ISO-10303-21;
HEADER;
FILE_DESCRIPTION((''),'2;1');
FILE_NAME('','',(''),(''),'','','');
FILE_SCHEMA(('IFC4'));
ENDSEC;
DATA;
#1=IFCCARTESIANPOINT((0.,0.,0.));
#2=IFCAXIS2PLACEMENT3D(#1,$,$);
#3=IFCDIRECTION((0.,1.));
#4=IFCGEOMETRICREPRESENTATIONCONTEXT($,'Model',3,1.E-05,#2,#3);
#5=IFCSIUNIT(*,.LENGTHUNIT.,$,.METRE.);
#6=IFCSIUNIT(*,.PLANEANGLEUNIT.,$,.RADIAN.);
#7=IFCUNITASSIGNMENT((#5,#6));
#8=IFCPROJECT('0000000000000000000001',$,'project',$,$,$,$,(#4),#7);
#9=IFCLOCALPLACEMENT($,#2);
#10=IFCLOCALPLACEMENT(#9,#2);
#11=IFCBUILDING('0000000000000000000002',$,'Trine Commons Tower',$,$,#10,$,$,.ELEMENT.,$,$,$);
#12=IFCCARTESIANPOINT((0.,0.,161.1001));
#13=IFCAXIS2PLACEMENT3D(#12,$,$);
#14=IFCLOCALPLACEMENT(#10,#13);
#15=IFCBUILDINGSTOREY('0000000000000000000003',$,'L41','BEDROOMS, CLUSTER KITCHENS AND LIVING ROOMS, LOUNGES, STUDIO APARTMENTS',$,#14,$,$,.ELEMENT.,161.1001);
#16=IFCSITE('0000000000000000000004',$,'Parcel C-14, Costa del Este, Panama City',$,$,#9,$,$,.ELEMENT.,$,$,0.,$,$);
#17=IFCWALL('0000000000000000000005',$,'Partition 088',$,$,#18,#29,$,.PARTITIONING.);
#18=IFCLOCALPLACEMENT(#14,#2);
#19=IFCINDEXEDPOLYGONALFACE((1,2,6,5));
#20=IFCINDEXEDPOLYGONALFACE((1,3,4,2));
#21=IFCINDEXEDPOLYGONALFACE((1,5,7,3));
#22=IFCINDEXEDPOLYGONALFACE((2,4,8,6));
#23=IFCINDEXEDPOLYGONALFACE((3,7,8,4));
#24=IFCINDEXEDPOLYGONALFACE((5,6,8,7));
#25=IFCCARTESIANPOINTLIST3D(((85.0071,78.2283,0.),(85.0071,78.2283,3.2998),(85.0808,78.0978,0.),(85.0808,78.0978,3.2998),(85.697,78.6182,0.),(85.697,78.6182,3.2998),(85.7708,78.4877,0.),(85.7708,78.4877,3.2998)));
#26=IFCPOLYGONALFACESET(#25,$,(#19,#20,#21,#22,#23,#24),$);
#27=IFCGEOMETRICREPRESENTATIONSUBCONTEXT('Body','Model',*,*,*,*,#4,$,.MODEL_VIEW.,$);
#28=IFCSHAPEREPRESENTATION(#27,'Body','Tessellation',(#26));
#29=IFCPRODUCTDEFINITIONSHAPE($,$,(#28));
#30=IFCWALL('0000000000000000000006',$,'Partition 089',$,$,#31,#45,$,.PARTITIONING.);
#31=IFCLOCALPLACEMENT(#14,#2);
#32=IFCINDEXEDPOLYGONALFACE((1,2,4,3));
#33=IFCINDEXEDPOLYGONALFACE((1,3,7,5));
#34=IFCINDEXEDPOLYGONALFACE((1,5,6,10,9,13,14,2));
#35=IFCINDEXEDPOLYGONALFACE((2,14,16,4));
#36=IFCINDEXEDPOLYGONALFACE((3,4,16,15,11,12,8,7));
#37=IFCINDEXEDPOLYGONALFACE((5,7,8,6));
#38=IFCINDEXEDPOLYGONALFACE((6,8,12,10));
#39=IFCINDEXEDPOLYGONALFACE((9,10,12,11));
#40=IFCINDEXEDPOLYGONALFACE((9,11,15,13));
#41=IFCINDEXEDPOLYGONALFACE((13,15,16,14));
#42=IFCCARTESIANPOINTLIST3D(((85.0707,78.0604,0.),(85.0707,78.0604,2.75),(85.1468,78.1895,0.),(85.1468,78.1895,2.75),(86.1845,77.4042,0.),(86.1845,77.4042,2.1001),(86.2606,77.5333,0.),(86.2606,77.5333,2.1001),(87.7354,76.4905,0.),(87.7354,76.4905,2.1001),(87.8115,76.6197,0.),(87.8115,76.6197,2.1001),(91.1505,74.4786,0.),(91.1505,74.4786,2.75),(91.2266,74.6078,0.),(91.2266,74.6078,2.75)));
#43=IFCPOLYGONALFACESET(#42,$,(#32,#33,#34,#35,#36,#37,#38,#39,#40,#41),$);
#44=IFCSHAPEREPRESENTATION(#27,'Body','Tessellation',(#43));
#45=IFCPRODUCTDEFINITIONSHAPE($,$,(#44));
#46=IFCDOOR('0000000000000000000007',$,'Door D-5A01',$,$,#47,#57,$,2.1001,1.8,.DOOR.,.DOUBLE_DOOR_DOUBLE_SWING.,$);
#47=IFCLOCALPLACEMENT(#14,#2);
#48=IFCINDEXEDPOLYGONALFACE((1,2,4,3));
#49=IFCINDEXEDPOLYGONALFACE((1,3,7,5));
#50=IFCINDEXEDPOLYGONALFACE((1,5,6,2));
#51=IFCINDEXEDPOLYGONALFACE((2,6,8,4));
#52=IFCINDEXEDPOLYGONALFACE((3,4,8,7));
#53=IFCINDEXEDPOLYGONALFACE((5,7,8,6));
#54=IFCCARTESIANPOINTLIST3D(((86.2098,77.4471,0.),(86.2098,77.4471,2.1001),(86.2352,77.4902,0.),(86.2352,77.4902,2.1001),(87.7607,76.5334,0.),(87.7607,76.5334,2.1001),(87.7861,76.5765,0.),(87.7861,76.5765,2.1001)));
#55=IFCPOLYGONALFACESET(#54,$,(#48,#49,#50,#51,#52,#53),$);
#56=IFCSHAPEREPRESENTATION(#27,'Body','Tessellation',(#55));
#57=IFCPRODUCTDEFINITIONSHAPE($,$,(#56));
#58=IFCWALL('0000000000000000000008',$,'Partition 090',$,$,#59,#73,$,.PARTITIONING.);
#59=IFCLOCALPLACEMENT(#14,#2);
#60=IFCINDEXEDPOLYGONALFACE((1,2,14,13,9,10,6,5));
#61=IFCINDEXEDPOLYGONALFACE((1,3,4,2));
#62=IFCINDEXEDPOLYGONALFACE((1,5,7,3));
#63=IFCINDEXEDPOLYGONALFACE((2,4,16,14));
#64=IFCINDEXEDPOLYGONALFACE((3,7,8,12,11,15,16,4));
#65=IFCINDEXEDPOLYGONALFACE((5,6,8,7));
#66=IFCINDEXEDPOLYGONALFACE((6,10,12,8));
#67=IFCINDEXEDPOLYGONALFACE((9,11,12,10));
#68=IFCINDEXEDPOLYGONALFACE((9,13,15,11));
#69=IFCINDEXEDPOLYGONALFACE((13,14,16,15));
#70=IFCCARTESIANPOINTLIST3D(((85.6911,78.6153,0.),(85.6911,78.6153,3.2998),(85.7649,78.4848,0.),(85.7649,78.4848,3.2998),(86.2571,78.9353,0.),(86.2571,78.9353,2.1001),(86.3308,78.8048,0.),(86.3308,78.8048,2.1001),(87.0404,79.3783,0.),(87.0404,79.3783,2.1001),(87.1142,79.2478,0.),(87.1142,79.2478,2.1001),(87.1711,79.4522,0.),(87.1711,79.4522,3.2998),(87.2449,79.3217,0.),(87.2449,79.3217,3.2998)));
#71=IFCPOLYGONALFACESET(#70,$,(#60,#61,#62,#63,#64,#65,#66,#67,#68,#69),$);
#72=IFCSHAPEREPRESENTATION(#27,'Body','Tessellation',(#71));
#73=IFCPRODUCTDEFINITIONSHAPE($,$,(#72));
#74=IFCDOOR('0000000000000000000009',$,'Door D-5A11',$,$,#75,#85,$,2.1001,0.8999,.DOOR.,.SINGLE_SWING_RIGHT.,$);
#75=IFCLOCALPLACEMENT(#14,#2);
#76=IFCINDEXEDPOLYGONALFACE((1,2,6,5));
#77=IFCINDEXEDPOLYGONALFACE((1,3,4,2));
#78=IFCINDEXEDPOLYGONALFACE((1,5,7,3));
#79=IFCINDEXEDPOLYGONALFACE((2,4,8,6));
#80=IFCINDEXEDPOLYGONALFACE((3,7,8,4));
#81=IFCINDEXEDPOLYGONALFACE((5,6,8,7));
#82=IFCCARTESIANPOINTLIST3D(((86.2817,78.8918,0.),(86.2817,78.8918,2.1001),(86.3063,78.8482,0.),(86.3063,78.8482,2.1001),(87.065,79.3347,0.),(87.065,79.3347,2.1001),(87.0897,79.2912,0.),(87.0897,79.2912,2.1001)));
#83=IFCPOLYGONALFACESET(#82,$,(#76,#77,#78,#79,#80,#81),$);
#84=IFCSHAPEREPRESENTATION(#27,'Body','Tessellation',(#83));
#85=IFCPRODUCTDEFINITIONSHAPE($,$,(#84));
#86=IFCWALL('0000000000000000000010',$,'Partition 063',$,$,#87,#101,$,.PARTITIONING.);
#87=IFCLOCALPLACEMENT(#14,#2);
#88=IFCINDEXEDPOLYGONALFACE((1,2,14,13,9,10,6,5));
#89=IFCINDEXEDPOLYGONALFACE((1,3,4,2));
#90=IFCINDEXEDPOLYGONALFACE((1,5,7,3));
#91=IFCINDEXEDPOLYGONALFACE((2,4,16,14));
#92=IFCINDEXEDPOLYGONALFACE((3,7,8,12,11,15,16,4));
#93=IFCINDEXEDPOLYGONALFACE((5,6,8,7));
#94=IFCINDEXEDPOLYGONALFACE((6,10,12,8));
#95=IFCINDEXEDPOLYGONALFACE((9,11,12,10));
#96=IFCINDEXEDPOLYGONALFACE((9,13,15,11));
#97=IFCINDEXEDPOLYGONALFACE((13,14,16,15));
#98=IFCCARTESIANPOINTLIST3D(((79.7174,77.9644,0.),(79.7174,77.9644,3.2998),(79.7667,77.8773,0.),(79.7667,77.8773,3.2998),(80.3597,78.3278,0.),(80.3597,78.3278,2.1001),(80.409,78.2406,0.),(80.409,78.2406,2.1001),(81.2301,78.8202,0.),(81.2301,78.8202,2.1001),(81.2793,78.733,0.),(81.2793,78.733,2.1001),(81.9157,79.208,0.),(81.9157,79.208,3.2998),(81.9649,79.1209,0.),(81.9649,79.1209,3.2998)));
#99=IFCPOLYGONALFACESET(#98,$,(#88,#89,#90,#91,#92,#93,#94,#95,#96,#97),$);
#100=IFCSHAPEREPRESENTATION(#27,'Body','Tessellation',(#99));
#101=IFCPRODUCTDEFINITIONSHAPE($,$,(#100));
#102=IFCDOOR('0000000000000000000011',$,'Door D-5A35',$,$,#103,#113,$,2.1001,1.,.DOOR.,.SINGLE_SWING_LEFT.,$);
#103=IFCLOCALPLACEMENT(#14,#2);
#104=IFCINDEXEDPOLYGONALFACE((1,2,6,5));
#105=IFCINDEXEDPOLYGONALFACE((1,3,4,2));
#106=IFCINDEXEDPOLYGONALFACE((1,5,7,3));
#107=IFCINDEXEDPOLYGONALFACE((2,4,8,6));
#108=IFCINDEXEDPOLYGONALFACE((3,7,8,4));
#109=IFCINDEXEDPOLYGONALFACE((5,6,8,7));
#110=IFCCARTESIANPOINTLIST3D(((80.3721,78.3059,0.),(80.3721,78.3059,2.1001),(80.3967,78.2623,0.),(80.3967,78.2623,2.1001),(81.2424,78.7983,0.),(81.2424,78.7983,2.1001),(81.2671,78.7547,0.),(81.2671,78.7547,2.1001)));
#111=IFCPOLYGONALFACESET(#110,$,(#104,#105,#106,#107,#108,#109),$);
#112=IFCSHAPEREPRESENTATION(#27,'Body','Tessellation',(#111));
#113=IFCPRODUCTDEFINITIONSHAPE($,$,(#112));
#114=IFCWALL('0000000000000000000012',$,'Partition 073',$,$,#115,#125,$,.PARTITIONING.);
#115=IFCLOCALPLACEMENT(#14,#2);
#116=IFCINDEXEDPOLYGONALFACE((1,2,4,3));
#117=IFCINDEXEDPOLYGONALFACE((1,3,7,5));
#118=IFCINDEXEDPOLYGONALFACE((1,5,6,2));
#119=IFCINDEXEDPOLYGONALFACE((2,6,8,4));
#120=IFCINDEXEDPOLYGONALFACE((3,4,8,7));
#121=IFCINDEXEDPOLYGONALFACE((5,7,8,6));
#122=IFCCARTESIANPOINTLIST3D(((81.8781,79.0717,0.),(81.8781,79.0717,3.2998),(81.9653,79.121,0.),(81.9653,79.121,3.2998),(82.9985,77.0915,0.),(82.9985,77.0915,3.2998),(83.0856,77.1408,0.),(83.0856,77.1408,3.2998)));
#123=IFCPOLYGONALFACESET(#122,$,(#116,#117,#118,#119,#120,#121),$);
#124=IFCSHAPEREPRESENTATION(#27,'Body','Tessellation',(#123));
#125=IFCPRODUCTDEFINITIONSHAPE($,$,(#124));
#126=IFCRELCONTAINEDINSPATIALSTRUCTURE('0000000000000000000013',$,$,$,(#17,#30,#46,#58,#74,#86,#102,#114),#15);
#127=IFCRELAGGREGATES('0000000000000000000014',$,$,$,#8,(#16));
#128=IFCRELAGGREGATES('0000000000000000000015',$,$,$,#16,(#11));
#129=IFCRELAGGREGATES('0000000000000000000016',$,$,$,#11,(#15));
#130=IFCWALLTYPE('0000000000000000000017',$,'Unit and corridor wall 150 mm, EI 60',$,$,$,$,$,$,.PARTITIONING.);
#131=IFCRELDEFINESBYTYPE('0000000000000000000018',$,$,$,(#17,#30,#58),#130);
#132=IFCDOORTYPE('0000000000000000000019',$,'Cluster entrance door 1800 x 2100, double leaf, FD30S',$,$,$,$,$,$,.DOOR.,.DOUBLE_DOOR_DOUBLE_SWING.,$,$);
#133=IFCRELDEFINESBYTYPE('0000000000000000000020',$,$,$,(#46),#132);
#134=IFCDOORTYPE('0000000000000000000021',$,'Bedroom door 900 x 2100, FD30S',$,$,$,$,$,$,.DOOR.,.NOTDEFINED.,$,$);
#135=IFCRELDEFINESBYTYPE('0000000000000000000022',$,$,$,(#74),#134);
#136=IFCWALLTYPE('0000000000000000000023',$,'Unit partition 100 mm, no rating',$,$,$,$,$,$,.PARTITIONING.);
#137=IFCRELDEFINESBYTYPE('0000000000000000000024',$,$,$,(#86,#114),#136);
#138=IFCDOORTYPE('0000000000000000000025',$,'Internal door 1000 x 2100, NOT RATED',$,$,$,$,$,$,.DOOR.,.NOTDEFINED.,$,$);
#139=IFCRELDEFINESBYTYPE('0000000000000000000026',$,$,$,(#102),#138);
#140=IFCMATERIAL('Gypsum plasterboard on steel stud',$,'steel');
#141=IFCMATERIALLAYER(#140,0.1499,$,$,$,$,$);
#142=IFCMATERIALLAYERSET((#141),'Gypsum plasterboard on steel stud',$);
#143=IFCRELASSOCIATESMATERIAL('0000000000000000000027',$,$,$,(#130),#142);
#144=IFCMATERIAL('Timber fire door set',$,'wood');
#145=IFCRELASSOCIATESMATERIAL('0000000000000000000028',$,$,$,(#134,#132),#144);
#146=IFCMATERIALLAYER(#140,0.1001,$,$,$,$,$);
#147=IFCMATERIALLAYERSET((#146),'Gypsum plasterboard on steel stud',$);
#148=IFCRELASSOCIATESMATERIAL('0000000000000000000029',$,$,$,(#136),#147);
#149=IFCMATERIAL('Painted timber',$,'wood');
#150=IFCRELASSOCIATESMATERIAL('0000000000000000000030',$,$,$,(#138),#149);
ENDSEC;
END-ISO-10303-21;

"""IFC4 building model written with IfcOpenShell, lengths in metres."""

from ifc_helpers import new_model, si_unit, direction, frame, frame_2d, origin, place, context, subcontext, project, spatial, rectangle, extrude, material, layer, layer_set, type_object, element, fill, save


model = new_model("IFC4")

# Units and contexts
model_context = context("Model", 3, precision=1e-05, world=origin(), true_north=direction((0.0, 1.0)))
body_context = subcontext(model_context, "Body", "Model", "MODEL_VIEW")
ifc_project = project(units=[si_unit("LENGTHUNIT", "METRE"), si_unit("PLANEANGLEUNIT", "RADIAN")], contexts=[model_context])

# Site, building, storey
site_placement = place(None, origin())
site = spatial("IfcSite", under=ifc_project, at=site_placement, Name="Parcel C-14, Costa del Este, Panama City", CompositionType="ELEMENT", RefElevation=0.0)
building_placement = place(site_placement, origin())
building = spatial("IfcBuilding", under=site, at=building_placement, Name="Trine Commons Tower", CompositionType="ELEMENT")
storey_placement = place(building_placement, frame((0.0, 0.0, 161.1001)))
storey = spatial("IfcBuildingStorey", under=building, at=storey_placement, Name="L41", Description="BEDROOMS, CLUSTER KITCHENS AND LIVING ROOMS, LOUNGES, STUDIO APARTMENTS", CompositionType="ELEMENT", Elevation=161.1001)

# Shared definitions
ifc_material_1 = material(Name="Gypsum plasterboard on steel stud", Category="steel")
ifc_layer_1 = layer(ifc_material_1, 0.1499)
ifc_layer_set_1 = layer_set([ifc_layer_1], Name="Gypsum plasterboard on steel stud")
wall_type_1 = type_object("IfcWallType", Name="Unit and corridor wall 150 mm, EI 60", PredefinedType="PARTITIONING", material=ifc_layer_set_1)
ifc_material_2 = material(Name="Timber fire door set", Category="wood")
door_type_1 = type_object("IfcDoorType", Name="Bedroom door 900 x 2100, FD30S", OperationType="NOTDEFINED", PredefinedType="DOOR", material=ifc_material_2)

# Wall
wall_1_placement = place(storey_placement, frame((85.0439, 78.1631, 0.0), z_axis=(0.0, 0.0, 1.0), x_axis=(0.870603, 0.491986, 0.0)))
element("IfcWall", 1, at=wall_1_placement, inside=storey, type_object=wall_type_1, Name="Partition 088", PredefinedType="PARTITIONING", context=body_context, shape_type="SweptSolid", body=[
    extrude(rectangle(XDim=0.7925, YDim=0.1499, at=frame_2d((0.3962, 0.0))), origin(), (0.0, 0.0, 1.0), 3.2998),
])

# Walls, openings, doors
wall_2_placement = place(storey_placement, frame((85.1086, 78.125, 0.0), z_axis=(0.0, 0.0, 1.0), x_axis=(0.861599, -0.50759, 0.0)))
wall_2 = element("IfcWall", 2, at=wall_2_placement, inside=storey, type_object=wall_type_1, Name="Partition 089", PredefinedType="PARTITIONING", context=body_context, shape_type="SweptSolid", body=[
    extrude(rectangle(XDim=7.0564, YDim=0.1499, at=frame_2d((3.5283, 0.0))), origin(), (0.0, 0.0, 1.0), 2.75),
])
opening_1_placement = place(wall_2_placement, frame((1.293, 0.0, 0.0)))
opening_1 = element("IfcOpeningElement", 3, at=opening_1_placement, cuts=wall_2, PredefinedType="OPENING", context=body_context, shape_type="SweptSolid", body=[
    extrude(rectangle(XDim=1.8, YDim=2.1001, at=frame_2d((0.8999, 1.05))), frame((0.0, 0.085, 0.0), z_axis=(0.0, -1.0, 0.0), x_axis=(1.0, 0.0, 0.0)), (0.0, 0.0, 1.0), 0.1699),
])
door_type_2 = type_object("IfcDoorType", Name="Cluster entrance door 1800 x 2100, double leaf, FD30S", OperationType="DOUBLE_DOOR_DOUBLE_SWING", PredefinedType="DOOR", material=ifc_material_2)
door_1_placement = place(opening_1_placement, origin())
door_1 = element("IfcDoor", 4, at=door_1_placement, inside=storey, type_object=door_type_2, Name="Door D-5A01", OperationType="DOUBLE_DOOR_DOUBLE_SWING", OverallHeight=2.1001, OverallWidth=1.8, PredefinedType="DOOR", context=body_context, shape_type="SweptSolid", body=[
    extrude(rectangle(XDim=1.8, YDim=2.1001, at=frame_2d((0.8999, 1.05))), frame((0.0, 0.0249, 0.0), z_axis=(0.0, -1.0, 0.0), x_axis=(1.0, 0.0, 0.0)), (0.0, 0.0, 1.0), 0.05),
])
fill(opening_1, door_1)
wall_3_placement = place(storey_placement, frame((85.728, 78.55, 0.0), z_axis=(0.0, 0.0, 1.0), x_axis=(0.870461, 0.492237, 0.0)))
wall_3 = element("IfcWall", 5, at=wall_3_placement, inside=storey, type_object=wall_type_1, Name="Partition 090", PredefinedType="PARTITIONING", context=body_context, shape_type="SweptSolid", body=[
    extrude(rectangle(XDim=1.7002, YDim=0.1499, at=frame_2d((0.8501, 0.0))), origin(), (0.0, 0.0, 1.0), 3.2998),
])
opening_2_placement = place(wall_3_placement, frame((0.6501, 0.0, 0.0)))
opening_2 = element("IfcOpeningElement", 6, at=opening_2_placement, cuts=wall_3, PredefinedType="OPENING", context=body_context, shape_type="SweptSolid", body=[
    extrude(rectangle(XDim=0.8999, YDim=2.1001, at=frame_2d((0.45, 1.05))), frame((0.0, 0.085, 0.0), z_axis=(0.0, -1.0, 0.0), x_axis=(1.0, 0.0, 0.0)), (0.0, 0.0, 1.0), 0.1699),
])
door_2_placement = place(opening_2_placement, origin())
door_2 = element("IfcDoor", 7, at=door_2_placement, inside=storey, type_object=door_type_1, Name="Door D-5A11", OperationType="SINGLE_SWING_RIGHT", OverallHeight=2.1001, OverallWidth=0.8999, PredefinedType="DOOR", context=body_context, shape_type="SweptSolid", body=[
    extrude(rectangle(XDim=0.8999, YDim=2.1001, at=frame_2d((0.45, 1.05))), frame((0.0, 0.0249, 0.0), z_axis=(0.0, -1.0, 0.0), x_axis=(1.0, 0.0, 0.0)), (0.0, 0.0, 1.0), 0.05),
])
fill(opening_2, door_2)
ifc_layer_2 = layer(ifc_material_1, 0.1001)
ifc_layer_set_2 = layer_set([ifc_layer_2], Name="Gypsum plasterboard on steel stud")
wall_type_2 = type_object("IfcWallType", Name="Unit partition 100 mm, no rating", PredefinedType="PARTITIONING", material=ifc_layer_set_2)
wall_4_placement = place(storey_placement, frame((79.7422, 77.9209, 0.0), z_axis=(0.0, 0.0, 1.0), x_axis=(0.870365, 0.492408, 0.0)))
wall_4 = element("IfcWall", 8, at=wall_4_placement, inside=storey, type_object=wall_type_2, Name="Partition 063", PredefinedType="PARTITIONING", context=body_context, shape_type="SweptSolid", body=[
    extrude(rectangle(XDim=2.5256, YDim=0.1001, at=frame_2d((1.2627, 0.0))), origin(), (0.0, 0.0, 1.0), 3.2998),
])
opening_3_placement = place(wall_4_placement, frame((0.7378, 0.0, 0.0)))
opening_3 = element("IfcOpeningElement", 9, at=opening_3_placement, cuts=wall_4, PredefinedType="OPENING", context=body_context, shape_type="SweptSolid", body=[
    extrude(rectangle(XDim=1.0, YDim=2.1001, at=frame_2d((0.5, 1.05))), frame((0.0, 0.0601, 0.0), z_axis=(0.0, -1.0, 0.0), x_axis=(1.0, 0.0, 0.0)), (0.0, 0.0, 1.0), 0.1201),
])
ifc_material_3 = material(Name="Painted timber", Category="wood")
door_type_3 = type_object("IfcDoorType", Name="Internal door 1000 x 2100, NOT RATED", OperationType="NOTDEFINED", PredefinedType="DOOR", material=ifc_material_3)
door_3_placement = place(opening_3_placement, origin())
door_3 = element("IfcDoor", 10, at=door_3_placement, inside=storey, type_object=door_type_3, Name="Door D-5A35", OperationType="SINGLE_SWING_LEFT", OverallHeight=2.1001, OverallWidth=1.0, PredefinedType="DOOR", context=body_context, shape_type="SweptSolid", body=[
    extrude(rectangle(XDim=1.0, YDim=2.1001, at=frame_2d((0.5, 1.05))), frame((0.0, 0.0249, 0.0), z_axis=(0.0, -1.0, 0.0), x_axis=(1.0, 0.0, 0.0)), (0.0, 0.0, 1.0), 0.05),
])
fill(opening_3, door_3)

# Wall
wall_5_placement = place(storey_placement, frame((81.9216, 79.0964, 0.0), z_axis=(0.0, 0.0, 1.0), x_axis=(0.492425, -0.870355, 0.0)))
element("IfcWall", 11, at=wall_5_placement, inside=storey, type_object=wall_type_2, Name="Partition 073", PredefinedType="PARTITIONING", context=body_context, shape_type="SweptSolid", body=[
    extrude(rectangle(XDim=2.2751, YDim=0.1001, at=frame_2d((1.1377, 0.0))), origin(), (0.0, 0.0, 1.0), 3.2998),
])

save(model, "model.ifc")
